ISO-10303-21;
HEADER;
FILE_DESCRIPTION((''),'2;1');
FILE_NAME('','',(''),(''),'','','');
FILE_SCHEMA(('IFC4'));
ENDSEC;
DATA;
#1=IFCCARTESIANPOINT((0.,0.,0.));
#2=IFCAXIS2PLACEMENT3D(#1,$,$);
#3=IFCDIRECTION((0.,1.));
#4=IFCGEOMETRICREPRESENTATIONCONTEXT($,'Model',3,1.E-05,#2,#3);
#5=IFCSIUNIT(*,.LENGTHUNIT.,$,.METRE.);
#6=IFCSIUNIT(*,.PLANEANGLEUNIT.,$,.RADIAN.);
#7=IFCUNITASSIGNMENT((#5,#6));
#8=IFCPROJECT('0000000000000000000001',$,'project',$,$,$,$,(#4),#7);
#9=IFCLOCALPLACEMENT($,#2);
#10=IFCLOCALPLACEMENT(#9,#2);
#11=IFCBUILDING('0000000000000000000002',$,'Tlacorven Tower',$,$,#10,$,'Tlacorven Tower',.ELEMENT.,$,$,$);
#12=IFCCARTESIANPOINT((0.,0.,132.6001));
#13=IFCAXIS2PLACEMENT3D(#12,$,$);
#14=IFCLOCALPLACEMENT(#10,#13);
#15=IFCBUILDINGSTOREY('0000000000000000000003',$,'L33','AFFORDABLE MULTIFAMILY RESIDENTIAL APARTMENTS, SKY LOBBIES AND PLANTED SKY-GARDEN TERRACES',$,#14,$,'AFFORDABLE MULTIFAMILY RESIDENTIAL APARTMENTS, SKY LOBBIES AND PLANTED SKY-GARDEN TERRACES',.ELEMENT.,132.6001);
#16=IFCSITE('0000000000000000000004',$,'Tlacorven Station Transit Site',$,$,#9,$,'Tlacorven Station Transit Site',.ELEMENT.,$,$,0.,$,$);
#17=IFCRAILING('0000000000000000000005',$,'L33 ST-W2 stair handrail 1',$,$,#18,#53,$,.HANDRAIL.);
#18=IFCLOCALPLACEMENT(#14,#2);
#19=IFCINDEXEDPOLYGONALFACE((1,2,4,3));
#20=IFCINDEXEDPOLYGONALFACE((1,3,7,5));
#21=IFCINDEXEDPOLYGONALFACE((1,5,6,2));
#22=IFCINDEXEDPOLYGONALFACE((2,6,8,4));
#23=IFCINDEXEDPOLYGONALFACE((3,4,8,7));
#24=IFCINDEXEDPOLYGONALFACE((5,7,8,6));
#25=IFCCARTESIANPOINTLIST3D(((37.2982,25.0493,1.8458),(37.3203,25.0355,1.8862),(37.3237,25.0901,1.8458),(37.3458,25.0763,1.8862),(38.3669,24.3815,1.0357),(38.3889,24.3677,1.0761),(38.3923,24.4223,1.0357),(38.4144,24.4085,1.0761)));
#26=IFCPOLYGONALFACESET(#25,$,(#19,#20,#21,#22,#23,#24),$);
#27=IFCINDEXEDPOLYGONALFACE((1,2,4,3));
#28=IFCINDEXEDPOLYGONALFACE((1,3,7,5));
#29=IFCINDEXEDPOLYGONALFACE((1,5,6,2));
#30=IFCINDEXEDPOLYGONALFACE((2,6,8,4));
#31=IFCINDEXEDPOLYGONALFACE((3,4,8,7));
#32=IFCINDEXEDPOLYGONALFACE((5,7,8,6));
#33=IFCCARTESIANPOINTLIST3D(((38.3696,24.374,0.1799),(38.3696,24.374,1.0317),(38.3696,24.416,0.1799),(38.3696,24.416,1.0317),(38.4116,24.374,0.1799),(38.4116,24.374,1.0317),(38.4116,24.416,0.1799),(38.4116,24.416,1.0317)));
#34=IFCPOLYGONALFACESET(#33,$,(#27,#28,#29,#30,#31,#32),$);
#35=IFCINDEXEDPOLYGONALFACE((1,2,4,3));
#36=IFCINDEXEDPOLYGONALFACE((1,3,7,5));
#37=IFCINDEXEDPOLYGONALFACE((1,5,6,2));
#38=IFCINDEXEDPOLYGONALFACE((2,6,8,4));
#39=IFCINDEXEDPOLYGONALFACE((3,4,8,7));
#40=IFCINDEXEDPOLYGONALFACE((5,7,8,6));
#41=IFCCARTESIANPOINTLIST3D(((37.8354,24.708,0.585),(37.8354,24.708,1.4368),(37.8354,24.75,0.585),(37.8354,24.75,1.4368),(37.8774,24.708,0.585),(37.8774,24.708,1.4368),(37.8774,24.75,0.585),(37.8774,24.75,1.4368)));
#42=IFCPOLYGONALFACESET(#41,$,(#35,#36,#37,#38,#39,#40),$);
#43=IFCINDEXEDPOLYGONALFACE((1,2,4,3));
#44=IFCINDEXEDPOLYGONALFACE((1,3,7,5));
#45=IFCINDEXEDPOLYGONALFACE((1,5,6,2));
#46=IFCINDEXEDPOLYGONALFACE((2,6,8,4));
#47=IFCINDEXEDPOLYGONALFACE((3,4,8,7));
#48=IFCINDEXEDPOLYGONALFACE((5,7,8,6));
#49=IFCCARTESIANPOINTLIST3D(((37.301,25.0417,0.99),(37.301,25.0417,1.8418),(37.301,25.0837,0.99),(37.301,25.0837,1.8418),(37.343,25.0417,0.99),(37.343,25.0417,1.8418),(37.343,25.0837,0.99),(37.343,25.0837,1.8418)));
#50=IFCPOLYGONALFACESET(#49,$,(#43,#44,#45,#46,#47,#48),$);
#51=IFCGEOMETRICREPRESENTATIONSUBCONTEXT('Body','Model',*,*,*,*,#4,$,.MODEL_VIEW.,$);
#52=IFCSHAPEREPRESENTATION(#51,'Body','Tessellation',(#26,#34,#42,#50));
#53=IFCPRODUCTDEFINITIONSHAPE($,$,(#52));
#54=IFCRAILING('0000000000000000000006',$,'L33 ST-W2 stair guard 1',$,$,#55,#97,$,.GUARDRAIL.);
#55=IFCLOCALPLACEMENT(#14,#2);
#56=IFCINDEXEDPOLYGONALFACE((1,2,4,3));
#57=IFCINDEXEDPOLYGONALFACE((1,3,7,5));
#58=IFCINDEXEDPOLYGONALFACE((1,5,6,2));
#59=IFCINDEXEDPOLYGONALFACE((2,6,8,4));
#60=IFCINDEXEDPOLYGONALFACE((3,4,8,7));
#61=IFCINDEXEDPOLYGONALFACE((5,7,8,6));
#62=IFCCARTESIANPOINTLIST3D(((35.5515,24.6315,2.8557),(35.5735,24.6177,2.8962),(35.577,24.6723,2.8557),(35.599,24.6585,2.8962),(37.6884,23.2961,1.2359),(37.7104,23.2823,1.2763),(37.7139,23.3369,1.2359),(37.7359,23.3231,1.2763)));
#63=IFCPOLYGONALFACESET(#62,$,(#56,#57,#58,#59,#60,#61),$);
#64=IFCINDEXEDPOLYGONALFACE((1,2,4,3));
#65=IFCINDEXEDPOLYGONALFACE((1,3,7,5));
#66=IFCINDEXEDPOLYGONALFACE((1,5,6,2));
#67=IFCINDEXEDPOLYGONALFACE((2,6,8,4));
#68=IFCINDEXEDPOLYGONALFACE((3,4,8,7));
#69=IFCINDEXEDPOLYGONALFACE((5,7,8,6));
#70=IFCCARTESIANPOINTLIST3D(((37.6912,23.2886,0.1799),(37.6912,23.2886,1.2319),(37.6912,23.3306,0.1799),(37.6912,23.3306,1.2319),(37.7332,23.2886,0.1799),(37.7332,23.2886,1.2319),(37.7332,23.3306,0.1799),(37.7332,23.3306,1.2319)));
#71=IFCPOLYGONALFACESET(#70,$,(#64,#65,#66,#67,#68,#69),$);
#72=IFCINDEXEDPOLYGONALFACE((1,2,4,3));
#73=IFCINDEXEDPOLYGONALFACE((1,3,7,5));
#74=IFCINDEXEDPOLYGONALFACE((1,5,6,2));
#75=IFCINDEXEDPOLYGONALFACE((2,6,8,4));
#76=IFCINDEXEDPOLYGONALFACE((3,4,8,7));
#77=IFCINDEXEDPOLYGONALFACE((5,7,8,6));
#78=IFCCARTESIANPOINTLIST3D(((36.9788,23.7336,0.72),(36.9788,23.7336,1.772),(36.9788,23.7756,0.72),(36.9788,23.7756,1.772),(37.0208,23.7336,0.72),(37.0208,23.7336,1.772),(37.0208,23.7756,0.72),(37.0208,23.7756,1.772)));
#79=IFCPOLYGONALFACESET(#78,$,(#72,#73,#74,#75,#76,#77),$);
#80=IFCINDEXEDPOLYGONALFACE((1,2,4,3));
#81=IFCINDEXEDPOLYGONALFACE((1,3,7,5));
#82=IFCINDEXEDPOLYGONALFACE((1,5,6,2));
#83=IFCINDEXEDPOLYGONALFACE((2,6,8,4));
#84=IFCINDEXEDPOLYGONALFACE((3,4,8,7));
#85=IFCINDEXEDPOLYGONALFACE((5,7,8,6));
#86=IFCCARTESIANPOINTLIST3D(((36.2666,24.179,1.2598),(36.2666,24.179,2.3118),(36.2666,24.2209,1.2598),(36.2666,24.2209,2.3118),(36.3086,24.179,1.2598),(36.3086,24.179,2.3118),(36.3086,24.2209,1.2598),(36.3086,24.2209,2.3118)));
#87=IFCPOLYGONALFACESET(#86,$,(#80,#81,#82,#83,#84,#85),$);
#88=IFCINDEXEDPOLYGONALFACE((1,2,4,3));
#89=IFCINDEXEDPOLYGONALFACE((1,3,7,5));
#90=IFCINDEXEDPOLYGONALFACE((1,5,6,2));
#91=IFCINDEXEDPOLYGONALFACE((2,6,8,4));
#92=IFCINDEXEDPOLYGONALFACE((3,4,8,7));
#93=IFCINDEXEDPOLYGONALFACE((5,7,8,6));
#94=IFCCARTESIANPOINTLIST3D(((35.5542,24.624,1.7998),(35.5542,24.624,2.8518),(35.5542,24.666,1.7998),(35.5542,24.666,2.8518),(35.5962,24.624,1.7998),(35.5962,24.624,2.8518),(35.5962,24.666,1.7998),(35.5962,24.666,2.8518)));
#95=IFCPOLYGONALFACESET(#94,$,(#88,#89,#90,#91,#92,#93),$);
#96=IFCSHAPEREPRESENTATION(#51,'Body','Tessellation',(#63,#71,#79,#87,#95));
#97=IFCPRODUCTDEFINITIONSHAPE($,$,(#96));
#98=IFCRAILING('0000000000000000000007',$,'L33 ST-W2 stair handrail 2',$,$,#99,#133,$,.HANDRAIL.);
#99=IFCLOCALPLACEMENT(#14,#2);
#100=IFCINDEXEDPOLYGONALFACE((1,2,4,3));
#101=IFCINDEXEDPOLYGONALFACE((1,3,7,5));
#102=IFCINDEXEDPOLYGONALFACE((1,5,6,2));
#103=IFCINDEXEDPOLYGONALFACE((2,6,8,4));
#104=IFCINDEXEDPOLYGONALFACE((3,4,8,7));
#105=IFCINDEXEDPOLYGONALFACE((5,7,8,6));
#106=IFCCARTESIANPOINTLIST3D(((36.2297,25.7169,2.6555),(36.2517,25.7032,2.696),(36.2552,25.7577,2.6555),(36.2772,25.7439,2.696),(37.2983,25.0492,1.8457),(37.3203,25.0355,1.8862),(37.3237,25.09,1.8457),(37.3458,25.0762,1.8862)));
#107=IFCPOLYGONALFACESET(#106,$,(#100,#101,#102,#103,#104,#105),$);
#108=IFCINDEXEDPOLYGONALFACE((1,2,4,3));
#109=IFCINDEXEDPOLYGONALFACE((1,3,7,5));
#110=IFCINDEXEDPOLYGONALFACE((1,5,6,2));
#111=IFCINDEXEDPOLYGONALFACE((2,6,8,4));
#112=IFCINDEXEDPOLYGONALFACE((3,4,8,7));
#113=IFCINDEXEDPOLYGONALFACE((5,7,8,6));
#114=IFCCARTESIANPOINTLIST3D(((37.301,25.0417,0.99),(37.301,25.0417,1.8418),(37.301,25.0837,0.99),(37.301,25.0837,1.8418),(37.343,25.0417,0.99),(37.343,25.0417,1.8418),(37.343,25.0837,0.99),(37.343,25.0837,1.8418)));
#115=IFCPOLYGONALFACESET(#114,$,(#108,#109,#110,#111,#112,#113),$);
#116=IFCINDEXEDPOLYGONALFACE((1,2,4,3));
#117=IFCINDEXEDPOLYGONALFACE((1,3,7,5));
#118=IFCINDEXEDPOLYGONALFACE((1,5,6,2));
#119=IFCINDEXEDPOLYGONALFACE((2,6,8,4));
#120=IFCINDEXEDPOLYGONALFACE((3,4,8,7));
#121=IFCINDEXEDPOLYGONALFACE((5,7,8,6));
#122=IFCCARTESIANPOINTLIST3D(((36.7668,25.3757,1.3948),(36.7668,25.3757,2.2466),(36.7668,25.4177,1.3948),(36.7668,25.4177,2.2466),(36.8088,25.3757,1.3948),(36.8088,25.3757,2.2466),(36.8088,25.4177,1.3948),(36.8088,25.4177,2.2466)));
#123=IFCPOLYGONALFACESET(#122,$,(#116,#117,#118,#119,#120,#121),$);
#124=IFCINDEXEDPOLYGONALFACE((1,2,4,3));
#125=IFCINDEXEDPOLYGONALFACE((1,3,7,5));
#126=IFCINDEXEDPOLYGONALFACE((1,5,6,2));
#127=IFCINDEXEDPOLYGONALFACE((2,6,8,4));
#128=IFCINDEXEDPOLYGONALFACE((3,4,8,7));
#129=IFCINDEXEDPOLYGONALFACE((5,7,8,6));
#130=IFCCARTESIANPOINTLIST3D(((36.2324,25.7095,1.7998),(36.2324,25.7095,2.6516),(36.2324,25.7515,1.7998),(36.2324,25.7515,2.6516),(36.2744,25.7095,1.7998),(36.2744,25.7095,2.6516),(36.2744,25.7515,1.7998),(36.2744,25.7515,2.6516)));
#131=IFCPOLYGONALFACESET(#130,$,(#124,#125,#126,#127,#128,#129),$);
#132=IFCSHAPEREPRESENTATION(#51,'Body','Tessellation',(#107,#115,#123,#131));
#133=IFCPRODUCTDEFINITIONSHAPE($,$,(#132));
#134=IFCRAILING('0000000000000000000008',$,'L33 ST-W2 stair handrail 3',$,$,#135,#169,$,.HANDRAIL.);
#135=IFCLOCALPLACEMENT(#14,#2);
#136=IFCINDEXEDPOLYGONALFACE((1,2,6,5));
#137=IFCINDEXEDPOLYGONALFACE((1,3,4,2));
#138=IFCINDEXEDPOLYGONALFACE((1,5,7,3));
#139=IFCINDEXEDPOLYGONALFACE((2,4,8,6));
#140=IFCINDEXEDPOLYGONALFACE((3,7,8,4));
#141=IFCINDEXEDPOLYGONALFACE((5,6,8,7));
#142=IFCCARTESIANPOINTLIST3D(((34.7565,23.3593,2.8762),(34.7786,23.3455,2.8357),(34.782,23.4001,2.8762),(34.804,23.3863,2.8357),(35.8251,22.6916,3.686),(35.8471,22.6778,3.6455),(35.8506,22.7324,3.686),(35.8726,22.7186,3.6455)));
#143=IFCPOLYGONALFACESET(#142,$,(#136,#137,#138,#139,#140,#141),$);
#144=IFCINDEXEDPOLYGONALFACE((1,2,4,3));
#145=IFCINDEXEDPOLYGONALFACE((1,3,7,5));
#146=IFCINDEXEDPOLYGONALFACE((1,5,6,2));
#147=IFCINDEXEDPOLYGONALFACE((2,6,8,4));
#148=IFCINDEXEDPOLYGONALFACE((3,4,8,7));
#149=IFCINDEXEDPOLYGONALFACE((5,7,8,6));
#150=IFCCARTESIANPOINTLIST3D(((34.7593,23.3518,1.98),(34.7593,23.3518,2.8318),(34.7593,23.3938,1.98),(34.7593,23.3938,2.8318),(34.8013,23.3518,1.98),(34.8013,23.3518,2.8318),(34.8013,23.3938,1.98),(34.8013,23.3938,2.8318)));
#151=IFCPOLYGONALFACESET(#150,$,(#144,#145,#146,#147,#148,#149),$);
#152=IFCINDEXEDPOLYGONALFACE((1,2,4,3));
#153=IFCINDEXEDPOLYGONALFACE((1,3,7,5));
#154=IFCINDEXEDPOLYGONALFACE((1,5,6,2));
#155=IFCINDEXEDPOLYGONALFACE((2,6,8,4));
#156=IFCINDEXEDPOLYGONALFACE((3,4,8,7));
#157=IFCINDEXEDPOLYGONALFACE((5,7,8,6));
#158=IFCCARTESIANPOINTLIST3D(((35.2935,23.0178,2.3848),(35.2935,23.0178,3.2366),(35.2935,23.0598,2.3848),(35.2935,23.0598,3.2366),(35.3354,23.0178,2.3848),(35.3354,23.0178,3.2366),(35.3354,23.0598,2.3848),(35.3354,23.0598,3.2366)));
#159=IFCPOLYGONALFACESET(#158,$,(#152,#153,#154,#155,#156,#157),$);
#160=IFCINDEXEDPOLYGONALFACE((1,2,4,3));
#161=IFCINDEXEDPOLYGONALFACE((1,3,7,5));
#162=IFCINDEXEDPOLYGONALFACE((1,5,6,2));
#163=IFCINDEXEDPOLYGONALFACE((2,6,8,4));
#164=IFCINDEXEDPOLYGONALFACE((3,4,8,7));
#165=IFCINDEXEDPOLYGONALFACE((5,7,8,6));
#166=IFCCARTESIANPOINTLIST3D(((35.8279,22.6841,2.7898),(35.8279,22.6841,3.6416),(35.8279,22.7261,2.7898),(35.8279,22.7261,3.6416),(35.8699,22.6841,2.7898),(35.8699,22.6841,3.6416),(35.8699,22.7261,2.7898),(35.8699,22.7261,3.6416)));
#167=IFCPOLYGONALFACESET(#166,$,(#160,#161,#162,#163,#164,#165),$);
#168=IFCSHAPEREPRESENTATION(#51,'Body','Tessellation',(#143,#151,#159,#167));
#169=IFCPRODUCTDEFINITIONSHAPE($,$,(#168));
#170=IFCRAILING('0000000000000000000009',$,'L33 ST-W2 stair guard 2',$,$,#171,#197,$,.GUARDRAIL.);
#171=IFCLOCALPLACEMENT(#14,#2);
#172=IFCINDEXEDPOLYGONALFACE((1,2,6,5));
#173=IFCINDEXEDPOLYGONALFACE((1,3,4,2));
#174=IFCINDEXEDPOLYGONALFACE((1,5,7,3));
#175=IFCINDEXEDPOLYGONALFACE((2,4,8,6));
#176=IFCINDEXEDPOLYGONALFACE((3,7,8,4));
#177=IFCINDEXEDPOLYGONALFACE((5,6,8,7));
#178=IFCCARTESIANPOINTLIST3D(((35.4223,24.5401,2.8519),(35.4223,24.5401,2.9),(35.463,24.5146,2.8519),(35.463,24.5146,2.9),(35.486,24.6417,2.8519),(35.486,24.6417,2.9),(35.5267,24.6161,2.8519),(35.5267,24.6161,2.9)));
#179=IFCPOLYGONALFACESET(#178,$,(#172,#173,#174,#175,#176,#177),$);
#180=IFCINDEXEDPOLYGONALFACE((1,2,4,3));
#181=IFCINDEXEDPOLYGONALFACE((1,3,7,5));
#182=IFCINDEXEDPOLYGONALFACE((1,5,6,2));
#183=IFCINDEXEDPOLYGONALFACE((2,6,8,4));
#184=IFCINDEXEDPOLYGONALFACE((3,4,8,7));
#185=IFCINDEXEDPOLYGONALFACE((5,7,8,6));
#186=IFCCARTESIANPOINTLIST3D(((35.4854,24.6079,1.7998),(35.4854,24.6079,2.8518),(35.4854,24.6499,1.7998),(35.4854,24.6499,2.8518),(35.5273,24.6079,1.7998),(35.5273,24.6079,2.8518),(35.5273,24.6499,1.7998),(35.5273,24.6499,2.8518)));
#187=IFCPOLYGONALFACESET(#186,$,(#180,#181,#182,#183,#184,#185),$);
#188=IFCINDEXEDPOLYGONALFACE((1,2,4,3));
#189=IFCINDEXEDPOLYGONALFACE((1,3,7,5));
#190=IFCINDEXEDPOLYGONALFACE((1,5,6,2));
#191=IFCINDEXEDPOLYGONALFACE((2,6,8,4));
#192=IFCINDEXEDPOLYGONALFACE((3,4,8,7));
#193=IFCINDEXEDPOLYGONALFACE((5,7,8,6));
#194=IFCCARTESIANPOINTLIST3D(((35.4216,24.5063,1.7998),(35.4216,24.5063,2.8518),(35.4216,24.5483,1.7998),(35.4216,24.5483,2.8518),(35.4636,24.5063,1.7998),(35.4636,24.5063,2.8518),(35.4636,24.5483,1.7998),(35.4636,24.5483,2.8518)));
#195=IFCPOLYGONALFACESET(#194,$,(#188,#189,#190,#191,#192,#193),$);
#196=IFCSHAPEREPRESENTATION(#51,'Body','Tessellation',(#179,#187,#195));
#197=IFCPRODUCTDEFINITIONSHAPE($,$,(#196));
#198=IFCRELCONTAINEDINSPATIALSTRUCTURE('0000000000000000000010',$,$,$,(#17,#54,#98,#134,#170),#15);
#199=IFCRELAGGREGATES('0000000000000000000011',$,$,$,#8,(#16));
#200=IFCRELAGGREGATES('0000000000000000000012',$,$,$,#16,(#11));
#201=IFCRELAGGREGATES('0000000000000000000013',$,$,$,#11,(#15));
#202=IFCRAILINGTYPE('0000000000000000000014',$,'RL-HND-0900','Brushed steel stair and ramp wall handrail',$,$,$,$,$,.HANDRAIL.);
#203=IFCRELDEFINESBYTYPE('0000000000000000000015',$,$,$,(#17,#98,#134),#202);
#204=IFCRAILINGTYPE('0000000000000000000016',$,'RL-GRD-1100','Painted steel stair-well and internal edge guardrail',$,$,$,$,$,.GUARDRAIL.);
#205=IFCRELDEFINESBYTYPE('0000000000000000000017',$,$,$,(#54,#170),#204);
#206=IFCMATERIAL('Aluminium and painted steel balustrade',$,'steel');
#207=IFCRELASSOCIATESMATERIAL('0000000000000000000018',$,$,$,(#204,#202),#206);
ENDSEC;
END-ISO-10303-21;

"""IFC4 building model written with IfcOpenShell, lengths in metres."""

from ifc_helpers import new_model, si_unit, direction, frame, origin, origin_2d, place, context, subcontext, project, spatial, rectangle, extrude, source, transform, mapped, material, type_object, element, save


model = new_model("IFC4")

# Units and contexts
model_context = context("Model", 3, precision=1e-05, world=origin(), true_north=direction((0.0, 1.0)))
body_context = subcontext(model_context, "Body", "Model", "MODEL_VIEW")
ifc_project = project(units=[si_unit("LENGTHUNIT", "METRE"), si_unit("PLANEANGLEUNIT", "RADIAN")], contexts=[model_context])

# Site, building, storey
site_placement = place(None, origin())
site = spatial("IfcSite", under=ifc_project, at=site_placement, Name="Tlacorven Station Transit Site", LongName="Tlacorven Station Transit Site", CompositionType="ELEMENT", RefElevation=0.0)
building_placement = place(site_placement, origin())
building = spatial("IfcBuilding", under=site, at=building_placement, Name="Tlacorven Tower", LongName="Tlacorven Tower", CompositionType="ELEMENT")
storey_placement = place(building_placement, frame((0.0, 0.0, 132.6001)))
storey = spatial("IfcBuildingStorey", under=building, at=storey_placement, Name="L33", Description="AFFORDABLE MULTIFAMILY RESIDENTIAL APARTMENTS, SKY LOBBIES AND PLANTED SKY-GARDEN TERRACES", LongName="AFFORDABLE MULTIFAMILY RESIDENTIAL APARTMENTS, SKY LOBBIES AND PLANTED SKY-GARDEN TERRACES", CompositionType="ELEMENT", Elevation=132.6001)

# Railings
ifc_material_1 = material(Name="Aluminium and painted steel balustrade", Category="steel")
railing_type_1 = type_object("IfcRailingType", Name="RL-GRD-1100", Description="Painted steel stair-well and internal edge guardrail", PredefinedType="GUARDRAIL", material=ifc_material_1)
railing_type_2 = type_object("IfcRailingType", Name="RL-HND-0900", Description="Brushed steel stair and ramp wall handrail", PredefinedType="HANDRAIL", material=ifc_material_1)
shared_shape_1 = source(origin(), body_context, "Body", "SweptSolid", [
    extrude(rectangle(XDim=0.0481, YDim=0.0481, at=origin_2d()), frame((0.0, 0.0, 0.876), z_axis=(-0.71336, 0.445748, 0.540765), x_axis=(-0.529912, -0.848053, 0.0)), (0.0, 0.0, 1.0), 1.498),
    extrude(rectangle(XDim=0.042, YDim=0.042, at=origin_2d()), origin(), (0.0, 0.0, 1.0), 0.8518),
    extrude(rectangle(XDim=0.042, YDim=0.042, at=origin_2d()), frame((-0.5342, 0.334, 0.405)), (0.0, 0.0, 1.0), 0.8518),
    extrude(rectangle(XDim=0.042, YDim=0.042, at=origin_2d()), frame((-1.0686, 0.6677, 0.8101)), (0.0, 0.0, 1.0), 0.8518),
])
railing_1_placement = place(storey_placement, frame((38.3906, 24.395, 0.1799)))
element("IfcRailing", 1, at=railing_1_placement, inside=storey, type_object=railing_type_2, Name="L33 ST-W2 stair handrail 1", PredefinedType="HANDRAIL", context=body_context, shape_type="MappedRepresentation", body=[
    mapped(shared_shape_1, transform((0.0, 0.0, 0.0), scale=1.0)),
])
shared_shape_2 = source(origin(), body_context, "Body", "SweptSolid", [
    extrude(rectangle(XDim=0.0481, YDim=0.0481, at=origin_2d()), frame((0.0, 0.0, 1.0762), z_axis=(-0.713351, 0.445794, 0.540739), x_axis=(-0.529955, -0.848026, 0.0)), (0.0, 0.0, 1.0), 2.9956),
    extrude(rectangle(XDim=0.042, YDim=0.042, at=origin_2d()), origin(), (0.0, 0.0, 1.0), 1.052),
    extrude(rectangle(XDim=0.042, YDim=0.042, at=origin_2d()), frame((-0.7124, 0.4451, 0.54)), (0.0, 0.0, 1.0), 1.052),
    extrude(rectangle(XDim=0.042, YDim=0.042, at=origin_2d()), frame((-1.4246, 0.8904, 1.0798)), (0.0, 0.0, 1.0), 1.052),
    extrude(rectangle(XDim=0.042, YDim=0.042, at=origin_2d()), frame((-2.137, 1.3354, 1.6199)), (0.0, 0.0, 1.0), 1.052),
])
railing_2_placement = place(storey_placement, frame((37.7122, 23.3096, 0.1799)))
element("IfcRailing", 2, at=railing_2_placement, inside=storey, type_object=railing_type_1, Name="L33 ST-W2 stair guard 1", PredefinedType="GUARDRAIL", context=body_context, shape_type="MappedRepresentation", body=[
    mapped(shared_shape_2, transform((0.0, 0.0, 0.0), scale=1.0)),
])
shared_shape_3 = source(origin(), body_context, "Body", "SweptSolid", [
    extrude(rectangle(XDim=0.0481, YDim=0.0481, at=origin_2d()), frame((0.0, 0.0, 0.876), z_axis=(-0.713423, 0.445787, 0.540649), x_axis=(-0.529912, -0.848053, 0.0)), (0.0, 0.0, 1.0), 1.4978),
    extrude(rectangle(XDim=0.042, YDim=0.042, at=origin_2d()), origin(), (0.0, 0.0, 1.0), 0.8518),
    extrude(rectangle(XDim=0.042, YDim=0.042, at=origin_2d()), frame((-0.5342, 0.334, 0.4048)), (0.0, 0.0, 1.0), 0.8518),
    extrude(rectangle(XDim=0.042, YDim=0.042, at=origin_2d()), frame((-1.0686, 0.6677, 0.8098)), (0.0, 0.0, 1.0), 0.8518),
])
railing_3_placement = place(storey_placement, frame((37.322, 25.0627, 0.99)))
element("IfcRailing", 3, at=railing_3_placement, inside=storey, type_object=railing_type_2, Name="L33 ST-W2 stair handrail 2", PredefinedType="HANDRAIL", context=body_context, shape_type="MappedRepresentation", body=[
    mapped(shared_shape_3, transform((0.0, 0.0, 0.0), scale=1.0)),
])
shared_shape_4 = source(origin(), body_context, "Body", "SweptSolid", [
    extrude(rectangle(XDim=0.0481, YDim=0.0481, at=origin_2d()), frame((0.0, 0.0, 0.876), z_axis=(0.713423, -0.445787, 0.540649), x_axis=(0.529912, 0.848053, 0.0)), (0.0, 0.0, 1.0), 1.4978),
    extrude(rectangle(XDim=0.042, YDim=0.042, at=origin_2d()), origin(), (0.0, 0.0, 1.0), 0.8518),
    extrude(rectangle(XDim=0.042, YDim=0.042, at=origin_2d()), frame((0.5342, -0.334, 0.4048)), (0.0, 0.0, 1.0), 0.8518),
    extrude(rectangle(XDim=0.042, YDim=0.042, at=origin_2d()), frame((1.0686, -0.6677, 0.8098)), (0.0, 0.0, 1.0), 0.8518),
])
railing_4_placement = place(storey_placement, frame((34.7803, 23.3728, 1.98)))
element("IfcRailing", 4, at=railing_4_placement, inside=storey, type_object=railing_type_2, Name="L33 ST-W2 stair handrail 3", PredefinedType="HANDRAIL", context=body_context, shape_type="MappedRepresentation", body=[
    mapped(shared_shape_4, transform((0.0, 0.0, 0.0), scale=1.0)),
])
shared_shape_5 = source(origin(), body_context, "Body", "SweptSolid", [
    extrude(rectangle(XDim=0.0481, YDim=0.0481, at=origin_2d()), frame((0.0, 0.0, 1.0762), z_axis=(-0.531462, -0.847082, 0.0), x_axis=(0.847082, -0.531462, 0.0)), (0.0, 0.0, 1.0), 0.1199),
    extrude(rectangle(XDim=0.042, YDim=0.042, at=origin_2d()), origin(), (0.0, 0.0, 1.0), 1.052),
    extrude(rectangle(XDim=0.042, YDim=0.042, at=origin_2d()), frame((-0.0637, -0.1016, 0.0)), (0.0, 0.0, 1.0), 1.052),
])
railing_5_placement = place(storey_placement, frame((35.5063, 24.6289, 1.7998)))
element("IfcRailing", 5, at=railing_5_placement, inside=storey, type_object=railing_type_1, Name="L33 ST-W2 stair guard 2", PredefinedType="GUARDRAIL", context=body_context, shape_type="MappedRepresentation", body=[
    mapped(shared_shape_5, transform((0.0, 0.0, 0.0), scale=1.0)),
])

save(model, "model.ifc")
